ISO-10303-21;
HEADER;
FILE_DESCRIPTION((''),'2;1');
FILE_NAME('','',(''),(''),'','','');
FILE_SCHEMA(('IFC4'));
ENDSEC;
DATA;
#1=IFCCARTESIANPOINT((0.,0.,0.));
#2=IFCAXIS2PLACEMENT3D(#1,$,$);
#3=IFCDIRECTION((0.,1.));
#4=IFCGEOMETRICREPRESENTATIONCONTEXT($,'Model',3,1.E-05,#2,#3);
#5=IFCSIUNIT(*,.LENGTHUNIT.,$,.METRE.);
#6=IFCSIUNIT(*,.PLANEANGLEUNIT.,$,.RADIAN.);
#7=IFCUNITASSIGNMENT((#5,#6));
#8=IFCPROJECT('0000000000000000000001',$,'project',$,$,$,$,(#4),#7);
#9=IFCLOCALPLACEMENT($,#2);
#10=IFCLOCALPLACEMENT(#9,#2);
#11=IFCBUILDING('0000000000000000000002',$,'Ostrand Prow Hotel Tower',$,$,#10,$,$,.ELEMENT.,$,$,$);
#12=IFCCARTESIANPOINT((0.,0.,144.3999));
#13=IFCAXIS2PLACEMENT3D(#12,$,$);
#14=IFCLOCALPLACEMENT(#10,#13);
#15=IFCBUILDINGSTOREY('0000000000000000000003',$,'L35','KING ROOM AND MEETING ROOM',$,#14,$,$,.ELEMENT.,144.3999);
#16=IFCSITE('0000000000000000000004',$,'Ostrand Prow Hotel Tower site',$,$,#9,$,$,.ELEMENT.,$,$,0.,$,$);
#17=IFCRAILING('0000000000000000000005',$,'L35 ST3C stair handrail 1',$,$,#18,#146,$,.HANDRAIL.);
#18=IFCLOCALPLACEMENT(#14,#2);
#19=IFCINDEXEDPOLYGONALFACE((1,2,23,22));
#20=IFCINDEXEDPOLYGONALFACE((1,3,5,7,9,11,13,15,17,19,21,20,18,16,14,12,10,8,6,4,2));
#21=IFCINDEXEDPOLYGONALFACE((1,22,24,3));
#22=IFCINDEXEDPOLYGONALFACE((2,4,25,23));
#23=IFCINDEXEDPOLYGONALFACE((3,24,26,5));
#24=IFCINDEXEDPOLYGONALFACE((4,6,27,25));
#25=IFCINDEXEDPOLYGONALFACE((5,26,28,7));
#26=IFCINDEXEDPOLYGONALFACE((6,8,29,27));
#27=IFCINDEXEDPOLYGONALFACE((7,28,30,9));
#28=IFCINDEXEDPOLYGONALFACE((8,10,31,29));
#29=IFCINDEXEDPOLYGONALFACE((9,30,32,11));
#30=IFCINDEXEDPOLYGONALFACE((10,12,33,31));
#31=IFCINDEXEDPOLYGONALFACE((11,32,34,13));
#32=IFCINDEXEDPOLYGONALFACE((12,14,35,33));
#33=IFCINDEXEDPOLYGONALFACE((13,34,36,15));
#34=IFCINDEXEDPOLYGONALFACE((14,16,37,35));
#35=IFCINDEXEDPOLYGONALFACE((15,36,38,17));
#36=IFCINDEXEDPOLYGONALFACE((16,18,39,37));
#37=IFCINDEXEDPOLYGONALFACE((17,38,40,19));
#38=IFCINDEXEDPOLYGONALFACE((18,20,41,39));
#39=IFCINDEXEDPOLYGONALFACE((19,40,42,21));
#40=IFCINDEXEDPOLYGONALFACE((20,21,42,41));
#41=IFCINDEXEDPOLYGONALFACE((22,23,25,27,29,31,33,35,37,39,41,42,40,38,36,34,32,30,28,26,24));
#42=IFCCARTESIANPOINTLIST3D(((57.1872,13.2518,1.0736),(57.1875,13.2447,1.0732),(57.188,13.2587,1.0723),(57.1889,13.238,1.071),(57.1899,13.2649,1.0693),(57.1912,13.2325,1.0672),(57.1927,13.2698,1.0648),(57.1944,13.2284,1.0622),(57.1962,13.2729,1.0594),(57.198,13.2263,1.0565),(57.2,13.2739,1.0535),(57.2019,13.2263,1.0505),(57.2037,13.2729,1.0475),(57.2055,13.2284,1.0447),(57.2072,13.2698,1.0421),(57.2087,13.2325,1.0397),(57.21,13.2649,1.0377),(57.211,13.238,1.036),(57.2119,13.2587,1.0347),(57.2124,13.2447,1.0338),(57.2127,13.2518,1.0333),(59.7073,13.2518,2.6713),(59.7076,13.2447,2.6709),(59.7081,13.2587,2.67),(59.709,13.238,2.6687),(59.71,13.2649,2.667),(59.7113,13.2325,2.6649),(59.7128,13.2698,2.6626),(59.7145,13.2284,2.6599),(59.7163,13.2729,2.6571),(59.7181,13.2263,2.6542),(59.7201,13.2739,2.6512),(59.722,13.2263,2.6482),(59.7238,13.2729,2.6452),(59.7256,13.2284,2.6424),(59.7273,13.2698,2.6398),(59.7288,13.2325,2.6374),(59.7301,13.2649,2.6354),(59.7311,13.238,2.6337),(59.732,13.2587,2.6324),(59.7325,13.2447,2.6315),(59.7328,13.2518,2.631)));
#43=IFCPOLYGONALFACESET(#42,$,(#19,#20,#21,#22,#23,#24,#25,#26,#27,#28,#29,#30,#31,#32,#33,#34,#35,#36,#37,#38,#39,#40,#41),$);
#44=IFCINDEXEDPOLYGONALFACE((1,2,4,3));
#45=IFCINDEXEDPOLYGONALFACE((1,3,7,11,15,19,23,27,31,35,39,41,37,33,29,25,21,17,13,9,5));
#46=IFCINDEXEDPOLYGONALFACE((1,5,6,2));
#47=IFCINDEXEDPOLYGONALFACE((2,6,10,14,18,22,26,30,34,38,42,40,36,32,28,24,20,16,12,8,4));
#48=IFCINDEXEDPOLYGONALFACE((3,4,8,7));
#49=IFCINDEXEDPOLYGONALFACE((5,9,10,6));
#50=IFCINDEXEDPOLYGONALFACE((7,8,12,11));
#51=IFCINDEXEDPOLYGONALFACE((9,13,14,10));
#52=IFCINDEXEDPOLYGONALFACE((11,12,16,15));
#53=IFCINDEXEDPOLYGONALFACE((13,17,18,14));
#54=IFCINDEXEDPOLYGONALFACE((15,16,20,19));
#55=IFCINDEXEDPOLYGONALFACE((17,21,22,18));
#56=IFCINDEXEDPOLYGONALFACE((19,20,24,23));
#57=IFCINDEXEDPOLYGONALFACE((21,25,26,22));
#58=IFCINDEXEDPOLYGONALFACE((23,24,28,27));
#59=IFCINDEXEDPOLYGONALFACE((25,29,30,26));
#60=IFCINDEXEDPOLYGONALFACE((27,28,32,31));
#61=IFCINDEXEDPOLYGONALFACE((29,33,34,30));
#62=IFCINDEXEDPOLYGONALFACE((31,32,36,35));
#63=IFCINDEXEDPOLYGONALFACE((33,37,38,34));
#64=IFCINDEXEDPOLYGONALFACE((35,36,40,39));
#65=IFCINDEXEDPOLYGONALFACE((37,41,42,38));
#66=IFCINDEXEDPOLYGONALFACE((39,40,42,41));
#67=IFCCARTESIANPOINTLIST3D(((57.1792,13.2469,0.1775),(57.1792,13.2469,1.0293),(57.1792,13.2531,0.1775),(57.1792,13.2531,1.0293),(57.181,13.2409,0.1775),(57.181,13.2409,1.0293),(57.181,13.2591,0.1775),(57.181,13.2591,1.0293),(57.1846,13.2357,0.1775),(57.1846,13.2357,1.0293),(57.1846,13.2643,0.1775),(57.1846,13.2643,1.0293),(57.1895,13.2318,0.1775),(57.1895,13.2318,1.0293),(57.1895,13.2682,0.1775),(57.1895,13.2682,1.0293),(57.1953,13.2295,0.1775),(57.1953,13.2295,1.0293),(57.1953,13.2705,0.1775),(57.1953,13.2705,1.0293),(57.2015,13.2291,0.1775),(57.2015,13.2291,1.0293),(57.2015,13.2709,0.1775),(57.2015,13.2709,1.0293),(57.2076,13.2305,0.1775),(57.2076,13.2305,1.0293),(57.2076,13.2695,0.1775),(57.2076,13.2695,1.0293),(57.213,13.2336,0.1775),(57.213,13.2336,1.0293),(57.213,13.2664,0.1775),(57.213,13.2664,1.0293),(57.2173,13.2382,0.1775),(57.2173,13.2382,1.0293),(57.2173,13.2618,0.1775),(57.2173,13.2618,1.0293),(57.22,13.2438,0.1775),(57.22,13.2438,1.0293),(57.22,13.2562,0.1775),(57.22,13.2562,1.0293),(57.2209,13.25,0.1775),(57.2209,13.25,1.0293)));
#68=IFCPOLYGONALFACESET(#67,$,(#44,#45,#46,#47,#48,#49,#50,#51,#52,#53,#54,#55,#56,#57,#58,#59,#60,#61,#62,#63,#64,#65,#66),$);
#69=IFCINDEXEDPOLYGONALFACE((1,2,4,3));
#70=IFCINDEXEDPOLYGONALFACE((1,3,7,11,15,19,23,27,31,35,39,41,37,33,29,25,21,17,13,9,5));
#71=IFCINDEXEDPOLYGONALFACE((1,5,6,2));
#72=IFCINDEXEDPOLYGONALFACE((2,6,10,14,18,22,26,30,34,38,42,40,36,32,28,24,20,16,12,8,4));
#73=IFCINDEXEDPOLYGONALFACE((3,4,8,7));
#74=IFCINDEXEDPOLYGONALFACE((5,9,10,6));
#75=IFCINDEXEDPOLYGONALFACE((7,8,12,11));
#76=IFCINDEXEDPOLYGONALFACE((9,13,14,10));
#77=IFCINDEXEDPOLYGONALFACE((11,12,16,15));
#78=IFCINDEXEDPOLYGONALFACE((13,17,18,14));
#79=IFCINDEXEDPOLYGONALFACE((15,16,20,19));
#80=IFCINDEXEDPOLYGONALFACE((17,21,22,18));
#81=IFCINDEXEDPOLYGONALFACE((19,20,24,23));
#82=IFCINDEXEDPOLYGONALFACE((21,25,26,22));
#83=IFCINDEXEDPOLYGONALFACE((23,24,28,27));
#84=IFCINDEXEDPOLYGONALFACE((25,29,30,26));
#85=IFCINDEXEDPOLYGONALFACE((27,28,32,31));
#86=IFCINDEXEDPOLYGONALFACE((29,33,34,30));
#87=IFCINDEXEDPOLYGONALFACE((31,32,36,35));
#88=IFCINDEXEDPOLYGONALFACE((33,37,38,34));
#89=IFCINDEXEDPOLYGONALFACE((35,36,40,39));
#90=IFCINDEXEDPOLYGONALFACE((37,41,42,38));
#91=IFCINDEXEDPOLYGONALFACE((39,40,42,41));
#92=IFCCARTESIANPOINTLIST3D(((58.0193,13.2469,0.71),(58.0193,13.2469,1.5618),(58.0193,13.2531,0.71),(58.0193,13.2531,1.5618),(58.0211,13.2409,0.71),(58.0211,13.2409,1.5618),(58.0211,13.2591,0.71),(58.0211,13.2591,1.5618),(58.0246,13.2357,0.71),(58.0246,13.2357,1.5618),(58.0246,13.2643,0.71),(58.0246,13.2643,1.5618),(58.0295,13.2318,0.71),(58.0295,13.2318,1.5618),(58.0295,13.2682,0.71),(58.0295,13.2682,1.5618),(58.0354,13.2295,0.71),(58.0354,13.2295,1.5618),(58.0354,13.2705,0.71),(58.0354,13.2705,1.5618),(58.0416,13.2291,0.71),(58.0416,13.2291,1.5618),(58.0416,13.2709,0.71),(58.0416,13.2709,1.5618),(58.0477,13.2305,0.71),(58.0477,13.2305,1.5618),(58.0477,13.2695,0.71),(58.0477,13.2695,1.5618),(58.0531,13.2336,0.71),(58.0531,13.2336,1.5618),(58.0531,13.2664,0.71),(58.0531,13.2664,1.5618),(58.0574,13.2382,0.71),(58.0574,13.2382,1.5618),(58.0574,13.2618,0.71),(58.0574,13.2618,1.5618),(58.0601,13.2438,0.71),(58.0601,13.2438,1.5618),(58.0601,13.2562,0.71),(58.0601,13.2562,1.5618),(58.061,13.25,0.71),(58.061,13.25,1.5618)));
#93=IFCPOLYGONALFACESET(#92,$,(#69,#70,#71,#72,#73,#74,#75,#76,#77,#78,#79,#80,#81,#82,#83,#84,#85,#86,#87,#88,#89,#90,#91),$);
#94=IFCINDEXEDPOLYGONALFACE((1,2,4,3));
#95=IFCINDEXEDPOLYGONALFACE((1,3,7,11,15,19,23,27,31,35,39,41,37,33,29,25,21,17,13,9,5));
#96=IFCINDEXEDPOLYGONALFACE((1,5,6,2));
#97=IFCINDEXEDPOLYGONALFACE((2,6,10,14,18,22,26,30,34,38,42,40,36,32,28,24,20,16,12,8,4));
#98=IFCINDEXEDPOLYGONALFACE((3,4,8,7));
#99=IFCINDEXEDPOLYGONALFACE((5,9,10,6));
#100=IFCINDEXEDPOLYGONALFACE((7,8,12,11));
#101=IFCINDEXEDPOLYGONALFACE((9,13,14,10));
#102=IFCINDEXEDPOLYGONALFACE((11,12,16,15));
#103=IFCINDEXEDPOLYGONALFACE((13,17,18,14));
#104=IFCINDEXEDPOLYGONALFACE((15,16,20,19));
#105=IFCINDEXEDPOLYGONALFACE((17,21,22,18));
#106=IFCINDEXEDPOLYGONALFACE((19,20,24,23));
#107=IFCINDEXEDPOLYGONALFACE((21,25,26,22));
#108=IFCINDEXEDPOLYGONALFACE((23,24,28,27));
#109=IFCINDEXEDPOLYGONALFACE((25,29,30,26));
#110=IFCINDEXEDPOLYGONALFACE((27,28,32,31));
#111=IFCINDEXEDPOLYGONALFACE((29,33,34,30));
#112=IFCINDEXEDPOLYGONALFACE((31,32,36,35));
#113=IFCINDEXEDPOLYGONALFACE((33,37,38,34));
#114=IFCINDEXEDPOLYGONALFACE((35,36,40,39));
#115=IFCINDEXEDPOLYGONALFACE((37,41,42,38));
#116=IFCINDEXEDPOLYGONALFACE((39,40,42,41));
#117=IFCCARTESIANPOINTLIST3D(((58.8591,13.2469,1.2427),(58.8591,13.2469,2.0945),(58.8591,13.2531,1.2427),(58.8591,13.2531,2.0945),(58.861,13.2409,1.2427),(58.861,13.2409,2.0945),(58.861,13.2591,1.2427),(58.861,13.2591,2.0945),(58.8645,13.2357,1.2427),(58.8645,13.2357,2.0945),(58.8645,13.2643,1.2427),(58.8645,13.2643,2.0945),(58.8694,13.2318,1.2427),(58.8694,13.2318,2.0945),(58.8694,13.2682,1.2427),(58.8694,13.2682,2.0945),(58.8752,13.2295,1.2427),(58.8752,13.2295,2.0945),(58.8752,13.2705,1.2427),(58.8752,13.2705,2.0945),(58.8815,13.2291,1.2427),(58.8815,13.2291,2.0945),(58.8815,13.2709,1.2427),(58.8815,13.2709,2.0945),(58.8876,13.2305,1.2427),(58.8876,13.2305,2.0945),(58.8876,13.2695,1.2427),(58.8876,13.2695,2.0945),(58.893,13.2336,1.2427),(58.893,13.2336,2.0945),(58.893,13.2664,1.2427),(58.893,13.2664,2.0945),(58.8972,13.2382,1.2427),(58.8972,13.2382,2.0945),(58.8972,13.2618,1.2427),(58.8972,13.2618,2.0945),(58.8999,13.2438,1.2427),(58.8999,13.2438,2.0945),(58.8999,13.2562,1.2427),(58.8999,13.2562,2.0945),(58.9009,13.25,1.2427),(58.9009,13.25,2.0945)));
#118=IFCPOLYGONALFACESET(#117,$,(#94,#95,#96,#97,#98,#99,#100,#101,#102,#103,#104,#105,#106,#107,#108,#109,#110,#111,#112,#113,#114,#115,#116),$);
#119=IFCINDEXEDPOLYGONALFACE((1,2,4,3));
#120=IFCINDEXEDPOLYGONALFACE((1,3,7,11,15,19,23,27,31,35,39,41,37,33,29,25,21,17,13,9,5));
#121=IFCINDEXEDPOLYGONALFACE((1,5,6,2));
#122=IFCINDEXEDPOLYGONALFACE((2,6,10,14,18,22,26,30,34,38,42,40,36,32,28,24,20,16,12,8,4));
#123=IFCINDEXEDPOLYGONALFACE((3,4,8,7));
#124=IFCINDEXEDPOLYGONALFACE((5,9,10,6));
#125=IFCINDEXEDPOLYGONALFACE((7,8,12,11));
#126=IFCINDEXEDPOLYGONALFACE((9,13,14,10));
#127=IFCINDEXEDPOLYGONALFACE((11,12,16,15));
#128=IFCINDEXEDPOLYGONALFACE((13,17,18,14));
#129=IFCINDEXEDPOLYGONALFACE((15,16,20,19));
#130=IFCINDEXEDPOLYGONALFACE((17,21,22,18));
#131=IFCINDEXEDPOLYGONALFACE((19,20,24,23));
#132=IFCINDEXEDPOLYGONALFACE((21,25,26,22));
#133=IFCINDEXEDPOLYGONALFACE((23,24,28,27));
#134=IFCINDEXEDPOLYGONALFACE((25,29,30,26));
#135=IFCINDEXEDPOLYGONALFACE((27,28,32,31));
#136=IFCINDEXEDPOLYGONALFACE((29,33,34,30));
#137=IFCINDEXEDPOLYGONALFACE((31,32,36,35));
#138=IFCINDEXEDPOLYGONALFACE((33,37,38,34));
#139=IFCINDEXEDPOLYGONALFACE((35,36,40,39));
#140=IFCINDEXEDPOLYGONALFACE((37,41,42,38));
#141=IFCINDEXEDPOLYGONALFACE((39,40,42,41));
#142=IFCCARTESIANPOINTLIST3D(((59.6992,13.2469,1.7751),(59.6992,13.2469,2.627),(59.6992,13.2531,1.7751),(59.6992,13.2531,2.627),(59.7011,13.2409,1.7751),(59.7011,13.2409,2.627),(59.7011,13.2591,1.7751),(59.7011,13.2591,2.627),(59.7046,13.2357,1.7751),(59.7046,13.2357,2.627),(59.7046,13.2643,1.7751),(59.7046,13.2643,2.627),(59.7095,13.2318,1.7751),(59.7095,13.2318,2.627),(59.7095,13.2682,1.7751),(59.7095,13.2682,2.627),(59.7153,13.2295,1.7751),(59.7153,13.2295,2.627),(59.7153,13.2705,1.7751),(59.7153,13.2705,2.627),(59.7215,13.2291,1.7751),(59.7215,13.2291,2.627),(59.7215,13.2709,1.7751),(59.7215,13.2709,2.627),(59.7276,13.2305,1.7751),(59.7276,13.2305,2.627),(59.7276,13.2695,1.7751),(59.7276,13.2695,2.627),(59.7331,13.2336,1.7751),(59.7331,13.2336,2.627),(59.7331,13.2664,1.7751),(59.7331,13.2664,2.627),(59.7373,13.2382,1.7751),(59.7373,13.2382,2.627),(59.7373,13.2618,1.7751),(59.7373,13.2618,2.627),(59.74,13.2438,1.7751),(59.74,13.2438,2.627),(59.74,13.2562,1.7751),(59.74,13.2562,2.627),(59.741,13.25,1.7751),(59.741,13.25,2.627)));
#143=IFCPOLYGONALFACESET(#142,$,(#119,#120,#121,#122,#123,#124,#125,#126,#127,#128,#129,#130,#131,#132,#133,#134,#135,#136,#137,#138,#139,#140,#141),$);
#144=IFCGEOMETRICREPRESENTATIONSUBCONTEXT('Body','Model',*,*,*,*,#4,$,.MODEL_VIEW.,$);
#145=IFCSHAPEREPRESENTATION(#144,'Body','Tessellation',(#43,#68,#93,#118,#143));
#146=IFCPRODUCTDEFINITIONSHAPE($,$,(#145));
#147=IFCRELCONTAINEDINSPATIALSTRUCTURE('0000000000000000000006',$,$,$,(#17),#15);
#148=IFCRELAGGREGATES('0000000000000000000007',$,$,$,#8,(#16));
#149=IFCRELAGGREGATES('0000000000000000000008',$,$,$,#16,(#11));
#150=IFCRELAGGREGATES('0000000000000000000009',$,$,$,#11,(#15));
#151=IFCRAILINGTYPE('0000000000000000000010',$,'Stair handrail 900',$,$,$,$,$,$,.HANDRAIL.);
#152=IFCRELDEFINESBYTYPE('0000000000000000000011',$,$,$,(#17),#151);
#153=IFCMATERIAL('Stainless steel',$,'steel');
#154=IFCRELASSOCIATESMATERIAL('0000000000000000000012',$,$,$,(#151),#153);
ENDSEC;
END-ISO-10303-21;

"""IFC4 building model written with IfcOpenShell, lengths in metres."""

from ifc_helpers import new_model, si_unit, direction, frame, origin, origin_2d, place, context, subcontext, project, spatial, circle, extrude, material, type_object, element, save


model = new_model("IFC4")

# Units and contexts
model_context = context("Model", 3, precision=1e-05, world=origin(), true_north=direction((0.0, 1.0)))
body_context = subcontext(model_context, "Body", "Model", "MODEL_VIEW")
ifc_project = project(units=[si_unit("LENGTHUNIT", "METRE"), si_unit("PLANEANGLEUNIT", "RADIAN")], contexts=[model_context])

# Site, building, storey
site_placement = place(None, origin())
site = spatial("IfcSite", under=ifc_project, at=site_placement, Name="Ostrand Prow Hotel Tower site", CompositionType="ELEMENT", RefElevation=0.0)
building_placement = place(site_placement, origin())
building = spatial("IfcBuilding", under=site, at=building_placement, Name="Ostrand Prow Hotel Tower", CompositionType="ELEMENT")
storey_placement = place(building_placement, frame((0.0, 0.0, 144.3999)))
storey = spatial("IfcBuildingStorey", under=building, at=storey_placement, Name="L35", Description="KING ROOM AND MEETING ROOM", CompositionType="ELEMENT", Elevation=144.3999)

# Railing
ifc_material_1 = material(Name="Stainless steel", Category="steel")
railing_type_1 = type_object("IfcRailingType", Name="Stair handrail 900", PredefinedType="HANDRAIL", material=ifc_material_1)
railing_1_placement = place(storey_placement, frame((57.2, 13.25, 0.1775)))
element("IfcRailing", 1, at=railing_1_placement, inside=storey, type_object=railing_type_1, Name="L35 ST3C stair handrail 1", PredefinedType="HANDRAIL", context=body_context, shape_type="SweptSolid", body=[
    extrude(circle(Radius=0.0239, at=origin_2d()), frame((0.0, 0.0, 0.876), z_axis=(0.84457, 0.0, 0.535445), x_axis=(0.0, 1.0, 0.0)), (0.0, 0.0, 1.0), 2.9839),
    extrude(circle(Radius=0.021, at=origin_2d()), origin(), (0.0, 0.0, 1.0), 0.8518),
    extrude(circle(Radius=0.021, at=origin_2d()), frame((0.8401, 0.0, 0.5325)), (0.0, 0.0, 1.0), 0.8518),
    extrude(circle(Radius=0.021, at=origin_2d()), frame((1.6799, 0.0, 1.0652)), (0.0, 0.0, 1.0), 0.8518),
    extrude(circle(Radius=0.021, at=origin_2d()), frame((2.52, 0.0, 1.5977)), (0.0, 0.0, 1.0), 0.8518),
])

save(model, "model.ifc")
